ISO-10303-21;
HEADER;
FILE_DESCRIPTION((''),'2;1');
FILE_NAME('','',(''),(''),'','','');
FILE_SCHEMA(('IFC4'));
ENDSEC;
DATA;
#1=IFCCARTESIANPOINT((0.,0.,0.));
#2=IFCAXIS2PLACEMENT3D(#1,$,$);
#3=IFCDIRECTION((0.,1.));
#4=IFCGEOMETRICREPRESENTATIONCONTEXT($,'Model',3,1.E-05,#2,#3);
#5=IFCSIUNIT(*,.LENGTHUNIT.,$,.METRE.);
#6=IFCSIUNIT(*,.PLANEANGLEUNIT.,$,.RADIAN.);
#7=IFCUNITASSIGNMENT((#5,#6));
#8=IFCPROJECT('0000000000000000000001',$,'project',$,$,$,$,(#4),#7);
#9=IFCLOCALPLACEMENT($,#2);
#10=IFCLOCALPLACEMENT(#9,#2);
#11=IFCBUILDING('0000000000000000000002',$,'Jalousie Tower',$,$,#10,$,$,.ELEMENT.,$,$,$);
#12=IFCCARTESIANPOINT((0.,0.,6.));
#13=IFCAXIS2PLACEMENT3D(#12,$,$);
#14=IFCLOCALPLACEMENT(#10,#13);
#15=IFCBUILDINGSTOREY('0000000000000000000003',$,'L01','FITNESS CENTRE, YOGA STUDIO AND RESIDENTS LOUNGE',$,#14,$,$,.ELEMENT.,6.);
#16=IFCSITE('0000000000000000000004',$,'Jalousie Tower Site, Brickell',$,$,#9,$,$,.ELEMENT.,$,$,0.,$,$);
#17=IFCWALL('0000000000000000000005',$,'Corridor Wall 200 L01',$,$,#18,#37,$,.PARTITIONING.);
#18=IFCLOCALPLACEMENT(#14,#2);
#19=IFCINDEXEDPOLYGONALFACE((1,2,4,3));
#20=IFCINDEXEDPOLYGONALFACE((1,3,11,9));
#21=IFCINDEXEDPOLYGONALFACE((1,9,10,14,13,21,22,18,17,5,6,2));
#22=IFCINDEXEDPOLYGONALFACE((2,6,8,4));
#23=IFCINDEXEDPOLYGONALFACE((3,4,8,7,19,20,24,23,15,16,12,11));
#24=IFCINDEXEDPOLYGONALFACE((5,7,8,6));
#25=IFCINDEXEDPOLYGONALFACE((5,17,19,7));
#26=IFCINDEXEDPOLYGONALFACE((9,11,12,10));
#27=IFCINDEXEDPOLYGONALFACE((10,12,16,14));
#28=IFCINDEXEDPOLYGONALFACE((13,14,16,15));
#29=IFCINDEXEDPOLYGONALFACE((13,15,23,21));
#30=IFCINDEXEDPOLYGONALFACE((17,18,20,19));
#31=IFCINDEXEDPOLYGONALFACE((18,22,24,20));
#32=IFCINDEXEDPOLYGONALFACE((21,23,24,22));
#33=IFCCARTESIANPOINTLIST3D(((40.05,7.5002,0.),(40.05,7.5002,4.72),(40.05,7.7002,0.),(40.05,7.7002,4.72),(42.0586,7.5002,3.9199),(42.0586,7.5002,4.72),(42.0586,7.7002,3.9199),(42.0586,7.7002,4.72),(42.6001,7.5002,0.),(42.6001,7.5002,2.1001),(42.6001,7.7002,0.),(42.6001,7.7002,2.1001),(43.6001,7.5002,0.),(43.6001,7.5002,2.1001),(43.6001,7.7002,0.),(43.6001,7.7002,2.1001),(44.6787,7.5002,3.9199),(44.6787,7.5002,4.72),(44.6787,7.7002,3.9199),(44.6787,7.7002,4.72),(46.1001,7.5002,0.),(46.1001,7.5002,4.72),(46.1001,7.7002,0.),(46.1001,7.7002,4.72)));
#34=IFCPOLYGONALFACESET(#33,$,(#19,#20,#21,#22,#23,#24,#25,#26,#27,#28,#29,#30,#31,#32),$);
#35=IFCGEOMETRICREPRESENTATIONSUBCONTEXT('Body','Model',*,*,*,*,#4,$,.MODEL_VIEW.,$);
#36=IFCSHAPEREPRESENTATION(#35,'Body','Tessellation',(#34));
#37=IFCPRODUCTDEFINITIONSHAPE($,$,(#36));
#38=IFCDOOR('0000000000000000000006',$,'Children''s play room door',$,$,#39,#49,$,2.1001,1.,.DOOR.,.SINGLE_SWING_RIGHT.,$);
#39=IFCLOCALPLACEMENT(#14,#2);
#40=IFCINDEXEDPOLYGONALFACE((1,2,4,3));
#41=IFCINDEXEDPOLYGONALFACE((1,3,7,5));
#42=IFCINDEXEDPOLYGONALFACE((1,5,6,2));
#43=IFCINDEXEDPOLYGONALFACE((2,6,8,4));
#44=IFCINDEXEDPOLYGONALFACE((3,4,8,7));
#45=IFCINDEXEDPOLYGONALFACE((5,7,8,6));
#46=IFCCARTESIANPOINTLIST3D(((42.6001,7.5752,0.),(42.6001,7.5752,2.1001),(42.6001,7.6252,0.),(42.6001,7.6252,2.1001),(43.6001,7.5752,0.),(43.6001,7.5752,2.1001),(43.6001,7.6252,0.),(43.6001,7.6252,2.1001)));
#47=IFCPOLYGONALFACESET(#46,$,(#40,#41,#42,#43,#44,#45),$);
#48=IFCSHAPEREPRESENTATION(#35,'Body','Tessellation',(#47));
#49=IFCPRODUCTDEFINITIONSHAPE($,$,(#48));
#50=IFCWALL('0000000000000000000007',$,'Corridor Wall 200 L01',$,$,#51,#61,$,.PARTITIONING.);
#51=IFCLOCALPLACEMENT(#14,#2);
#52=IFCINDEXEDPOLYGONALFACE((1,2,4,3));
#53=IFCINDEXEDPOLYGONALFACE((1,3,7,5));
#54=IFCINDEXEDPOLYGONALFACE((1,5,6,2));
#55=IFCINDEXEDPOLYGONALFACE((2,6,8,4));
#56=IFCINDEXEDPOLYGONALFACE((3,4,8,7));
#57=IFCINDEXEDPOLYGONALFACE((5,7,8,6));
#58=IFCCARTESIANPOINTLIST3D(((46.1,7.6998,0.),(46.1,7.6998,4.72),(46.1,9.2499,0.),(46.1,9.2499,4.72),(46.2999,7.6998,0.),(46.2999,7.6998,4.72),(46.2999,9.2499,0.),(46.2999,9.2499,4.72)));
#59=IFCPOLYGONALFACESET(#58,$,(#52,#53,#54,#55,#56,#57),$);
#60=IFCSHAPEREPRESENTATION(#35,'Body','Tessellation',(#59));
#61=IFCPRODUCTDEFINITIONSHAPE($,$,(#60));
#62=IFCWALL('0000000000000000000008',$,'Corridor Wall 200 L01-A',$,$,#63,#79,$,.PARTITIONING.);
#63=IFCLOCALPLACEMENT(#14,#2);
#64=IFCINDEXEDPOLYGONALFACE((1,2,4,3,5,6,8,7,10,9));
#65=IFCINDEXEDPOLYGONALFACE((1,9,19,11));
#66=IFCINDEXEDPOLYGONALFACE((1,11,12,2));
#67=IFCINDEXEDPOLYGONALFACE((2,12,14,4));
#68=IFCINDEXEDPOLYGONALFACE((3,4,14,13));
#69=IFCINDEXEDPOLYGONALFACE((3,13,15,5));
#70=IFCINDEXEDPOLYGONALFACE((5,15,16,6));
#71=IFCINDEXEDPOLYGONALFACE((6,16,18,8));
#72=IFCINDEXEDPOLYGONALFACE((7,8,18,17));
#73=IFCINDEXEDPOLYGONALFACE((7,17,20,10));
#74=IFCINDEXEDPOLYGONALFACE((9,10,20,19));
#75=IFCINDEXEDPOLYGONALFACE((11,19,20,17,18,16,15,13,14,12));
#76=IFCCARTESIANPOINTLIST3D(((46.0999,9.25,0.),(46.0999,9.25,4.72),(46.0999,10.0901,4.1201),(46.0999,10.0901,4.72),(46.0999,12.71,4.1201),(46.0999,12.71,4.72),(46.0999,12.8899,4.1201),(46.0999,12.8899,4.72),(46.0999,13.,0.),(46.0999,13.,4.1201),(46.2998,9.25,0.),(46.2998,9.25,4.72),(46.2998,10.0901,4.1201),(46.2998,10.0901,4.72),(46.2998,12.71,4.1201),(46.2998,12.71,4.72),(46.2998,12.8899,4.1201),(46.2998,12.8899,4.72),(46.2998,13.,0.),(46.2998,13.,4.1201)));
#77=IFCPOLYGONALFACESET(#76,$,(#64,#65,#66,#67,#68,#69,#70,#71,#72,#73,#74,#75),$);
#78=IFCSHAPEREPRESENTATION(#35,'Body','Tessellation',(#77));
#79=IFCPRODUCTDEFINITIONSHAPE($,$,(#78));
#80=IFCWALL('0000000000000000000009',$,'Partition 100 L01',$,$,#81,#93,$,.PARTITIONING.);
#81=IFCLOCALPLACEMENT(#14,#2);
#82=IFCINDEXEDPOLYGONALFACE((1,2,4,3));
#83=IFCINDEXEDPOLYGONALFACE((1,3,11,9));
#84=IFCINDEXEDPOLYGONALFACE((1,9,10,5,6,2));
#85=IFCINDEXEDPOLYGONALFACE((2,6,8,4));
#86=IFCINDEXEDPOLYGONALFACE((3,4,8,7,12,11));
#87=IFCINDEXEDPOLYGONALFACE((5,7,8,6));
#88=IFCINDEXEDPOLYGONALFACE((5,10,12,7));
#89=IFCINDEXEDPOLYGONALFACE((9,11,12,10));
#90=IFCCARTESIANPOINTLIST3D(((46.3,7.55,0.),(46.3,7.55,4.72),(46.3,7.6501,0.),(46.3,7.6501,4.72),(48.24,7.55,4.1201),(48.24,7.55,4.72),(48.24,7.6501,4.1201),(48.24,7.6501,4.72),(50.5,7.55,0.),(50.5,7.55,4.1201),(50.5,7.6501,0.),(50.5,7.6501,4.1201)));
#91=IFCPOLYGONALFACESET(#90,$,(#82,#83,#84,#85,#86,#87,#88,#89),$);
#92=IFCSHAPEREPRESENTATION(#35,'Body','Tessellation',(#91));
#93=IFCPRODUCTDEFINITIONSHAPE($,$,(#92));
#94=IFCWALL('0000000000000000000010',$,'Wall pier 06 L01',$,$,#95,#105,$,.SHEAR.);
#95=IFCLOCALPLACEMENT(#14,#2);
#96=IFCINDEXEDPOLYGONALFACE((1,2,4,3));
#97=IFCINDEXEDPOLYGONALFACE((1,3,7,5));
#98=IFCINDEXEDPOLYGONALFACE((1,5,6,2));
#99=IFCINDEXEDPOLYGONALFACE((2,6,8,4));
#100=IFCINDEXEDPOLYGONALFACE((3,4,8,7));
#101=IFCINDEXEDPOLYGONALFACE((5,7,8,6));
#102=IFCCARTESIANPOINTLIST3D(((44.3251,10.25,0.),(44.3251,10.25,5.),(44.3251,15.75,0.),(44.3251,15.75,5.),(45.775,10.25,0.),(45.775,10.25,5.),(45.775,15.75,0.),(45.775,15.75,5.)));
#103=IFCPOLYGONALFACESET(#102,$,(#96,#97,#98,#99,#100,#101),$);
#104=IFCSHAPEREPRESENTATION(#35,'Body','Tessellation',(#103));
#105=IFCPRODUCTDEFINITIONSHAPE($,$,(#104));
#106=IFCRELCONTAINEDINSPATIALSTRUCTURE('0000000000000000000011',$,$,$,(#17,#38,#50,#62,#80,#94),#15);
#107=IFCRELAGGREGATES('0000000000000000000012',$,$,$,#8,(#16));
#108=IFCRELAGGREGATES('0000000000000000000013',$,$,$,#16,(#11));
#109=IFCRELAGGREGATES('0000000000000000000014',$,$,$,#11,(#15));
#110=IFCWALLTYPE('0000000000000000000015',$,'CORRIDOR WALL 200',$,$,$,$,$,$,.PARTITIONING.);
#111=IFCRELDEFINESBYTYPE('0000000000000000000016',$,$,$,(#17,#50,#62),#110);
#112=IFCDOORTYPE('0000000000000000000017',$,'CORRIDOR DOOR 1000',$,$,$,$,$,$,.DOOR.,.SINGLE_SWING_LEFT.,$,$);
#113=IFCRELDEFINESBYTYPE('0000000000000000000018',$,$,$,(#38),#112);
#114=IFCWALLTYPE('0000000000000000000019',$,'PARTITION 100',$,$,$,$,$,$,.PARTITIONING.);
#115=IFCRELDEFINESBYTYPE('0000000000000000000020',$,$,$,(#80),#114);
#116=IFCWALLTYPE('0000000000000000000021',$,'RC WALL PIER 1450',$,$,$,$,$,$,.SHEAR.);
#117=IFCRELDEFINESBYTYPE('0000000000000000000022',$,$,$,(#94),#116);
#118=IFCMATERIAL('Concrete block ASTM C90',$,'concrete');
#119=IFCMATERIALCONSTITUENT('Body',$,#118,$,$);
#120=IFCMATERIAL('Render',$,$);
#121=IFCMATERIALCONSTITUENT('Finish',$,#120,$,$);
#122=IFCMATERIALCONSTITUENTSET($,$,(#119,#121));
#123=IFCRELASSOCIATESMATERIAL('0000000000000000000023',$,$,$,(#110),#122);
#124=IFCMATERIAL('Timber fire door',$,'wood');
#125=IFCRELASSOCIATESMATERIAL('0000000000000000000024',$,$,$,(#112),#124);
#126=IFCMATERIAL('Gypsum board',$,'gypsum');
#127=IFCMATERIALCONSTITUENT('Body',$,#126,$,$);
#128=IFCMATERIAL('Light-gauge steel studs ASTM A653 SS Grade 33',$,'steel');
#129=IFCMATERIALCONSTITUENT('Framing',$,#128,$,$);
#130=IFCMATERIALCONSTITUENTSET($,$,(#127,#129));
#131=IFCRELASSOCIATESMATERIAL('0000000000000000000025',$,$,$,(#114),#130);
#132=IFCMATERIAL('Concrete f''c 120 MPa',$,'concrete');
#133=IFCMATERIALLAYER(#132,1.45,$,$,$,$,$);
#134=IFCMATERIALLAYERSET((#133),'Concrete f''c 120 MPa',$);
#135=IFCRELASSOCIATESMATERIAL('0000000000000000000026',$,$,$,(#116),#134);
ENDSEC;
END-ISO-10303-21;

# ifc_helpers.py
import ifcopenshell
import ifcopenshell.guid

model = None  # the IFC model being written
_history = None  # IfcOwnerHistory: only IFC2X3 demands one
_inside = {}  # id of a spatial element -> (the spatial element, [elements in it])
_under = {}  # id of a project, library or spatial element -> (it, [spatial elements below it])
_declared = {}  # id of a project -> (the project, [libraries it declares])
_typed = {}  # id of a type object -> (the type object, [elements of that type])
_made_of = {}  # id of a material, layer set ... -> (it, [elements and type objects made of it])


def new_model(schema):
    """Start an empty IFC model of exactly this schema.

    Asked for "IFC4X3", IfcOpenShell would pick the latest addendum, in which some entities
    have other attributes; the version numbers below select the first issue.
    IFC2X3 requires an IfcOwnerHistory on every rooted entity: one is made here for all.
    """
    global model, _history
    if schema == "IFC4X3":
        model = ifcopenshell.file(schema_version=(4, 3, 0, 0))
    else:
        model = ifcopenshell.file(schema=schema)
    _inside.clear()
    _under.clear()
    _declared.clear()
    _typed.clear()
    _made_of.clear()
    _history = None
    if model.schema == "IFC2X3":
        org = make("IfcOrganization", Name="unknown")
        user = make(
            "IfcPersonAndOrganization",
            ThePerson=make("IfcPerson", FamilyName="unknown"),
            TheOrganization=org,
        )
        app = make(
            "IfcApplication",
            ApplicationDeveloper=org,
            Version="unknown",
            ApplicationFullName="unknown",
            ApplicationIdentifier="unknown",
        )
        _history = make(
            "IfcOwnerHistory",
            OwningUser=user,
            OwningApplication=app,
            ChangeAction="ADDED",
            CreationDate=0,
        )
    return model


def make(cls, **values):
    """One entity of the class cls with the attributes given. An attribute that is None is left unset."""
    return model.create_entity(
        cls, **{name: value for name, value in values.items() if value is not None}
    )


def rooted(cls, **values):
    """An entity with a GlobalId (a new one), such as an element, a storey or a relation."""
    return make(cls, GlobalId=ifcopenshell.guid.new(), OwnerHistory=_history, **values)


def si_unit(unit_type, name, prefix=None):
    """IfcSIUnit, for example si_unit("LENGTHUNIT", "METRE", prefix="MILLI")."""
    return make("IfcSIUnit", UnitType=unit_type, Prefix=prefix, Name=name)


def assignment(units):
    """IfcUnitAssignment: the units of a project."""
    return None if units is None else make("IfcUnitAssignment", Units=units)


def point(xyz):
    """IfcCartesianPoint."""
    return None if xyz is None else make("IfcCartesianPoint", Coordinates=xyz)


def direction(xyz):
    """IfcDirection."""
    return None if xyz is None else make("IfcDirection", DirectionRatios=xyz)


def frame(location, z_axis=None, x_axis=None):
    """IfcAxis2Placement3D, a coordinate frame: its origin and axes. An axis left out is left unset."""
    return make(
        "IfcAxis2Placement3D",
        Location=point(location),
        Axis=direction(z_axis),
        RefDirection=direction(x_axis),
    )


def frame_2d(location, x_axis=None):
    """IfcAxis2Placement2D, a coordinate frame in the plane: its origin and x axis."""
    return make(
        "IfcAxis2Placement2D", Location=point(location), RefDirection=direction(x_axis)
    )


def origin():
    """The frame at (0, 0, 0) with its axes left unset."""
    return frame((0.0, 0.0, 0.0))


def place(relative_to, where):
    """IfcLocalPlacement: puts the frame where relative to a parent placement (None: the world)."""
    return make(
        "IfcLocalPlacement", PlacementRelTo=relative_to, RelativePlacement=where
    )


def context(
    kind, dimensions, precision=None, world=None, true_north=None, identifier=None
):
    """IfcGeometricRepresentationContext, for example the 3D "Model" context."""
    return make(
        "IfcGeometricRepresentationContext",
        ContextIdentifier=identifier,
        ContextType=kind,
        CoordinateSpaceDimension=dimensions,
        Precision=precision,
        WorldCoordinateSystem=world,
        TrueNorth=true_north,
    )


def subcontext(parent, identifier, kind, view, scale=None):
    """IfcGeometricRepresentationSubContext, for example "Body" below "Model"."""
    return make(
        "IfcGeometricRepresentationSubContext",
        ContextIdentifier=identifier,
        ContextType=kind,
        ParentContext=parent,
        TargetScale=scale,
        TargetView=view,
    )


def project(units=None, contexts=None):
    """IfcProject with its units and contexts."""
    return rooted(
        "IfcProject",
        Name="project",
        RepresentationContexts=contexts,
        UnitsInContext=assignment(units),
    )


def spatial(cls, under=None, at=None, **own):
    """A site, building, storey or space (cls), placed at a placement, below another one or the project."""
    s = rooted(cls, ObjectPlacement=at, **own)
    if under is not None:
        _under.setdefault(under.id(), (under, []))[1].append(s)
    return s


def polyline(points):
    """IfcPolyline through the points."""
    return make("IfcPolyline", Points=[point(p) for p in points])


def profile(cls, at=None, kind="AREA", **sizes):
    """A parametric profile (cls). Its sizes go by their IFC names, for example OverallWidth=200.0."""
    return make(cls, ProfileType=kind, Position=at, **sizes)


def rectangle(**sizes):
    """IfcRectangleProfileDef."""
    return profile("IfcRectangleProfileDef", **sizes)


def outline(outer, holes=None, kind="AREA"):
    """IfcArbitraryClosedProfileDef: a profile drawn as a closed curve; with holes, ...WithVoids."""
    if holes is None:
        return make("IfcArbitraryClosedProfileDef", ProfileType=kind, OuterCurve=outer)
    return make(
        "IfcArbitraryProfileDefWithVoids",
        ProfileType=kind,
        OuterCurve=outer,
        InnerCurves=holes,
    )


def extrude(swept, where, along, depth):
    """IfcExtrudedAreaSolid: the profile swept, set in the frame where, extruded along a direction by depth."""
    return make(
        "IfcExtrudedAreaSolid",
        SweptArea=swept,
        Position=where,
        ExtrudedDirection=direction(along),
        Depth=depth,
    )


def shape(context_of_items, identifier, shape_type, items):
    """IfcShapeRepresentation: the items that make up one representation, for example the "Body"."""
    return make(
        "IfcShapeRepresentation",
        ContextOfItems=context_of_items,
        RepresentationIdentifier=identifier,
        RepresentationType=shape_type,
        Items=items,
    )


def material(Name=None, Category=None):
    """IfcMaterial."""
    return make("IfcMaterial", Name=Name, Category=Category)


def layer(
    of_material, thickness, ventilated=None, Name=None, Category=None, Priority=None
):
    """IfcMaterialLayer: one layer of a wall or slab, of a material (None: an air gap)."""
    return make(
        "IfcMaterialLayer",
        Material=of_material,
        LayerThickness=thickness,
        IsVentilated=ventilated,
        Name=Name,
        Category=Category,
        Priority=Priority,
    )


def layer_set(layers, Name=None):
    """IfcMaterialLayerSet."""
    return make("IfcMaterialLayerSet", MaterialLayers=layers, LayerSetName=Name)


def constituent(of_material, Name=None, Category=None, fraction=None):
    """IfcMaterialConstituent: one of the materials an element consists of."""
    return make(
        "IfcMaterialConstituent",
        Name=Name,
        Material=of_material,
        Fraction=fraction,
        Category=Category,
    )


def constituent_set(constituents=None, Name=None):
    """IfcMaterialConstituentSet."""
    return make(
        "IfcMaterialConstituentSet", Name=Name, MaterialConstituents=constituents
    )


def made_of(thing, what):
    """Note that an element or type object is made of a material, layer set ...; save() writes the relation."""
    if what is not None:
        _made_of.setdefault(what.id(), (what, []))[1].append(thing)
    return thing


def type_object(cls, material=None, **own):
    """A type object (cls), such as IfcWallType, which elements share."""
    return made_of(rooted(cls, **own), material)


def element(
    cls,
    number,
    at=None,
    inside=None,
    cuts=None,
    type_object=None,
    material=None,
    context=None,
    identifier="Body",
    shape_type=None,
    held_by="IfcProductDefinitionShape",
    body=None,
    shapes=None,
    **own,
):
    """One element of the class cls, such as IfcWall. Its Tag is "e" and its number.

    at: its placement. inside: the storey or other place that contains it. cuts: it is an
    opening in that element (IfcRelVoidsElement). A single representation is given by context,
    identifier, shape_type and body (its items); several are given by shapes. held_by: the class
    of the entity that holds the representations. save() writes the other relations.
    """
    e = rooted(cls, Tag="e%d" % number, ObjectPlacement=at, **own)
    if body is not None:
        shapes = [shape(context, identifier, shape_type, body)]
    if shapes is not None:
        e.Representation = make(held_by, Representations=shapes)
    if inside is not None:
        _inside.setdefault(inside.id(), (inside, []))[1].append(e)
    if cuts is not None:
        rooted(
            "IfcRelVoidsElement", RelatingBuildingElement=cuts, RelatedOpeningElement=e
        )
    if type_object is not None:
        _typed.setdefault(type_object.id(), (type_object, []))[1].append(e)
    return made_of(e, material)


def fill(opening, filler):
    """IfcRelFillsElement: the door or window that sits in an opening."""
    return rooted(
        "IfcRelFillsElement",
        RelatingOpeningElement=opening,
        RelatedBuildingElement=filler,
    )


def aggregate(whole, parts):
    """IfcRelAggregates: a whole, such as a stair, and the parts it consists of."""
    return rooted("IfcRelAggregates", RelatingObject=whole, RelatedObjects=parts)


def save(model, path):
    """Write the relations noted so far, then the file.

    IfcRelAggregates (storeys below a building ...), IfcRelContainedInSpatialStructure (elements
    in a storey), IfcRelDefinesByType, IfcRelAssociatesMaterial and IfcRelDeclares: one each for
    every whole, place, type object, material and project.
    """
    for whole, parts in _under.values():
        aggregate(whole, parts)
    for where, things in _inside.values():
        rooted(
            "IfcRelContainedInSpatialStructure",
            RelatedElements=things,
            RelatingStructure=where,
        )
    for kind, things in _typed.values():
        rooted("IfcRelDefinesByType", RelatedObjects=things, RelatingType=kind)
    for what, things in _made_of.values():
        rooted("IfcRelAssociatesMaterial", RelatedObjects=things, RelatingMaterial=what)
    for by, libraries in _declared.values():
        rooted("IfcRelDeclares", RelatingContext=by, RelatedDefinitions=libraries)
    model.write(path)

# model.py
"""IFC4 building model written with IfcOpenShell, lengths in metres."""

from ifc_helpers import new_model, si_unit, direction, frame, frame_2d, origin, place, context, subcontext, project, spatial, polyline, rectangle, outline, extrude, material, layer, layer_set, constituent, constituent_set, type_object, element, fill, save


model = new_model("IFC4")

# Units and contexts
model_context = context("Model", 3, precision=1e-05, world=origin(), true_north=direction((0.0, 1.0)))
body_context = subcontext(model_context, "Body", "Model", "MODEL_VIEW")
ifc_project = project(units=[si_unit("LENGTHUNIT", "METRE"), si_unit("PLANEANGLEUNIT", "RADIAN")], contexts=[model_context])

# Site, building, storey
site_placement = place(None, origin())
site = spatial("IfcSite", under=ifc_project, at=site_placement, Name="Jalousie Tower Site, Brickell", CompositionType="ELEMENT", RefElevation=0.0)
building_placement = place(site_placement, origin())
building = spatial("IfcBuilding", under=site, at=building_placement, Name="Jalousie Tower", CompositionType="ELEMENT")
storey_placement = place(building_placement, frame((0.0, 0.0, 6.0)))
storey = spatial("IfcBuildingStorey", under=building, at=storey_placement, Name="L01", Description="FITNESS CENTRE, YOGA STUDIO AND RESIDENTS LOUNGE", CompositionType="ELEMENT", Elevation=6.0)

# Wall, opening, door
ifc_material_1 = material(Name="Concrete block ASTM C90", Category="concrete")
ifc_constituent_1 = constituent(ifc_material_1, Name="Body")
ifc_material_2 = material(Name="Render")
ifc_constituent_2 = constituent(ifc_material_2, Name="Finish")
ifc_constituent_set_1 = constituent_set(constituents=[ifc_constituent_1, ifc_constituent_2])
wall_type_1 = type_object("IfcWallType", Name="CORRIDOR WALL 200", PredefinedType="PARTITIONING", material=ifc_constituent_set_1)
wall_1_placement = place(storey_placement, frame((40.05, 7.6001, 0.0), z_axis=(0.0, 0.0, 1.0), x_axis=(1.0, 0.0, 0.0)))
wall_1 = element("IfcWall", 1, at=wall_1_placement, inside=storey, type_object=wall_type_1, Name="Corridor Wall 200 L01", PredefinedType="PARTITIONING", context=body_context, shape_type="SweptSolid", body=[
    extrude(outline(polyline([(0.0, 0.0), (6.05, 0.0), (6.05, 4.72), (4.6287, 4.72), (4.6287, 3.9199), (2.0085, 3.9199), (2.0085, 4.72), (0.0, 4.72), (0.0, 0.0)])), frame((0.0, 0.1001, 0.0), z_axis=(0.0, -1.0, 0.0), x_axis=(1.0, 0.0, 0.0)), (0.0, 0.0, 1.0), 0.2),
])
opening_placement = place(wall_1_placement, frame((2.55, 0.0, 0.0)))
opening = element("IfcOpeningElement", 2, at=opening_placement, cuts=wall_1, PredefinedType="OPENING", context=body_context, shape_type="SweptSolid", body=[
    extrude(rectangle(XDim=1.0, YDim=2.1001, at=frame_2d((0.5, 1.05))), frame((0.0, 0.1099, 0.0), z_axis=(0.0, -1.0, 0.0), x_axis=(1.0, 0.0, 0.0)), (0.0, 0.0, 1.0), 0.22),
])
ifc_material_3 = material(Name="Timber fire door", Category="wood")
door_type = type_object("IfcDoorType", Name="CORRIDOR DOOR 1000", OperationType="SINGLE_SWING_LEFT", PredefinedType="DOOR", material=ifc_material_3)
door_placement = place(opening_placement, frame((1.0, 0.0, 0.0), z_axis=(0.0, 0.0, 1.0), x_axis=(-1.0, 0.0, 0.0)))
door = element("IfcDoor", 3, at=door_placement, inside=storey, type_object=door_type, Name="Children's play room door", OperationType="SINGLE_SWING_RIGHT", OverallHeight=2.1001, OverallWidth=1.0, PredefinedType="DOOR", context=body_context, shape_type="SweptSolid", body=[
    extrude(rectangle(XDim=1.0, YDim=2.1001, at=frame_2d((0.5, 1.05))), frame((0.0, 0.0249, 0.0), z_axis=(0.0, -1.0, 0.0), x_axis=(1.0, 0.0, 0.0)), (0.0, 0.0, 1.0), 0.05),
])
fill(opening, door)

# Walls
wall_2_placement = place(storey_placement, frame((46.2, 7.7, 0.0), z_axis=(0.0, 0.0, 1.0), x_axis=(0.0, 1.0, 0.0)))
element("IfcWall", 4, at=wall_2_placement, inside=storey, type_object=wall_type_1, Name="Corridor Wall 200 L01", PredefinedType="PARTITIONING", context=body_context, shape_type="SweptSolid", body=[
    extrude(rectangle(XDim=1.55, YDim=0.2, at=frame_2d((0.7749, 0.0))), origin(), (0.0, 0.0, 1.0), 4.72),
])
wall_3_placement = place(storey_placement, frame((46.2, 9.25, 0.0), z_axis=(0.0, 0.0, 1.0), x_axis=(0.0, 1.0, 0.0)))
element("IfcWall", 5, at=wall_3_placement, inside=storey, type_object=wall_type_1, Name="Corridor Wall 200 L01-A", PredefinedType="PARTITIONING", context=body_context, shape_type="SweptSolid", body=[
    extrude(outline(polyline([(0.0, 0.0), (3.75, 0.0), (3.75, 4.1201), (3.6399, 4.1201), (3.6399, 4.72), (3.46, 4.72), (3.46, 4.1201), (0.8401, 4.1201), (0.8401, 4.72), (0.0, 4.72), (0.0, 0.0)])), frame((0.0, 0.1001, 0.0), z_axis=(0.0, -1.0, 0.0), x_axis=(1.0, 0.0, 0.0)), (0.0, 0.0, 1.0), 0.2),
])
ifc_material_4 = material(Name="Gypsum board", Category="gypsum")
ifc_constituent_3 = constituent(ifc_material_4, Name="Body")
ifc_material_5 = material(Name="Light-gauge steel studs ASTM A653 SS Grade 33", Category="steel")
ifc_constituent_4 = constituent(ifc_material_5, Name="Framing")
ifc_constituent_set_2 = constituent_set(constituents=[ifc_constituent_3, ifc_constituent_4])
wall_type_2 = type_object("IfcWallType", Name="PARTITION 100", PredefinedType="PARTITIONING", material=ifc_constituent_set_2)
wall_4_placement = place(storey_placement, frame((46.3, 7.6001, 0.0), z_axis=(0.0, 0.0, 1.0), x_axis=(1.0, 0.0, 0.0)))
element("IfcWall", 6, at=wall_4_placement, inside=storey, type_object=wall_type_2, Name="Partition 100 L01", PredefinedType="PARTITIONING", context=body_context, shape_type="SweptSolid", body=[
    extrude(outline(polyline([(0.0, 0.0), (4.2, 0.0), (4.2, 4.72), (4.2, 4.1201), (1.9399, 4.1201), (1.9399, 4.72), (0.0, 4.72), (0.0, 0.0)])), frame((0.0, 0.05, 0.0), z_axis=(0.0, -1.0, 0.0), x_axis=(1.0, 0.0, 0.0)), (0.0, 0.0, 1.0), 0.1001),
])
ifc_material_6 = material(Name="Concrete f'c 120 MPa", Category="concrete")
ifc_layer_1 = layer(ifc_material_6, 1.45)
ifc_layer_set_1 = layer_set([ifc_layer_1], Name="Concrete f'c 120 MPa")
wall_type_3 = type_object("IfcWallType", Name="RC WALL PIER 1450", PredefinedType="SHEAR", material=ifc_layer_set_1)
wall_5_placement = place(storey_placement, frame((45.05, 10.25, 0.0), z_axis=(0.0, 0.0, 1.0), x_axis=(0.0, 1.0, 0.0)))
element("IfcWall", 7, at=wall_5_placement, inside=storey, type_object=wall_type_3, Name="Wall pier 06 L01", PredefinedType="SHEAR", context=body_context, shape_type="SweptSolid", body=[
    extrude(rectangle(XDim=5.5, YDim=1.45, at=frame_2d((2.75, 0.0))), origin(), (0.0, 0.0, 1.0), 5.0),
])

save(model, "model.ifc")
